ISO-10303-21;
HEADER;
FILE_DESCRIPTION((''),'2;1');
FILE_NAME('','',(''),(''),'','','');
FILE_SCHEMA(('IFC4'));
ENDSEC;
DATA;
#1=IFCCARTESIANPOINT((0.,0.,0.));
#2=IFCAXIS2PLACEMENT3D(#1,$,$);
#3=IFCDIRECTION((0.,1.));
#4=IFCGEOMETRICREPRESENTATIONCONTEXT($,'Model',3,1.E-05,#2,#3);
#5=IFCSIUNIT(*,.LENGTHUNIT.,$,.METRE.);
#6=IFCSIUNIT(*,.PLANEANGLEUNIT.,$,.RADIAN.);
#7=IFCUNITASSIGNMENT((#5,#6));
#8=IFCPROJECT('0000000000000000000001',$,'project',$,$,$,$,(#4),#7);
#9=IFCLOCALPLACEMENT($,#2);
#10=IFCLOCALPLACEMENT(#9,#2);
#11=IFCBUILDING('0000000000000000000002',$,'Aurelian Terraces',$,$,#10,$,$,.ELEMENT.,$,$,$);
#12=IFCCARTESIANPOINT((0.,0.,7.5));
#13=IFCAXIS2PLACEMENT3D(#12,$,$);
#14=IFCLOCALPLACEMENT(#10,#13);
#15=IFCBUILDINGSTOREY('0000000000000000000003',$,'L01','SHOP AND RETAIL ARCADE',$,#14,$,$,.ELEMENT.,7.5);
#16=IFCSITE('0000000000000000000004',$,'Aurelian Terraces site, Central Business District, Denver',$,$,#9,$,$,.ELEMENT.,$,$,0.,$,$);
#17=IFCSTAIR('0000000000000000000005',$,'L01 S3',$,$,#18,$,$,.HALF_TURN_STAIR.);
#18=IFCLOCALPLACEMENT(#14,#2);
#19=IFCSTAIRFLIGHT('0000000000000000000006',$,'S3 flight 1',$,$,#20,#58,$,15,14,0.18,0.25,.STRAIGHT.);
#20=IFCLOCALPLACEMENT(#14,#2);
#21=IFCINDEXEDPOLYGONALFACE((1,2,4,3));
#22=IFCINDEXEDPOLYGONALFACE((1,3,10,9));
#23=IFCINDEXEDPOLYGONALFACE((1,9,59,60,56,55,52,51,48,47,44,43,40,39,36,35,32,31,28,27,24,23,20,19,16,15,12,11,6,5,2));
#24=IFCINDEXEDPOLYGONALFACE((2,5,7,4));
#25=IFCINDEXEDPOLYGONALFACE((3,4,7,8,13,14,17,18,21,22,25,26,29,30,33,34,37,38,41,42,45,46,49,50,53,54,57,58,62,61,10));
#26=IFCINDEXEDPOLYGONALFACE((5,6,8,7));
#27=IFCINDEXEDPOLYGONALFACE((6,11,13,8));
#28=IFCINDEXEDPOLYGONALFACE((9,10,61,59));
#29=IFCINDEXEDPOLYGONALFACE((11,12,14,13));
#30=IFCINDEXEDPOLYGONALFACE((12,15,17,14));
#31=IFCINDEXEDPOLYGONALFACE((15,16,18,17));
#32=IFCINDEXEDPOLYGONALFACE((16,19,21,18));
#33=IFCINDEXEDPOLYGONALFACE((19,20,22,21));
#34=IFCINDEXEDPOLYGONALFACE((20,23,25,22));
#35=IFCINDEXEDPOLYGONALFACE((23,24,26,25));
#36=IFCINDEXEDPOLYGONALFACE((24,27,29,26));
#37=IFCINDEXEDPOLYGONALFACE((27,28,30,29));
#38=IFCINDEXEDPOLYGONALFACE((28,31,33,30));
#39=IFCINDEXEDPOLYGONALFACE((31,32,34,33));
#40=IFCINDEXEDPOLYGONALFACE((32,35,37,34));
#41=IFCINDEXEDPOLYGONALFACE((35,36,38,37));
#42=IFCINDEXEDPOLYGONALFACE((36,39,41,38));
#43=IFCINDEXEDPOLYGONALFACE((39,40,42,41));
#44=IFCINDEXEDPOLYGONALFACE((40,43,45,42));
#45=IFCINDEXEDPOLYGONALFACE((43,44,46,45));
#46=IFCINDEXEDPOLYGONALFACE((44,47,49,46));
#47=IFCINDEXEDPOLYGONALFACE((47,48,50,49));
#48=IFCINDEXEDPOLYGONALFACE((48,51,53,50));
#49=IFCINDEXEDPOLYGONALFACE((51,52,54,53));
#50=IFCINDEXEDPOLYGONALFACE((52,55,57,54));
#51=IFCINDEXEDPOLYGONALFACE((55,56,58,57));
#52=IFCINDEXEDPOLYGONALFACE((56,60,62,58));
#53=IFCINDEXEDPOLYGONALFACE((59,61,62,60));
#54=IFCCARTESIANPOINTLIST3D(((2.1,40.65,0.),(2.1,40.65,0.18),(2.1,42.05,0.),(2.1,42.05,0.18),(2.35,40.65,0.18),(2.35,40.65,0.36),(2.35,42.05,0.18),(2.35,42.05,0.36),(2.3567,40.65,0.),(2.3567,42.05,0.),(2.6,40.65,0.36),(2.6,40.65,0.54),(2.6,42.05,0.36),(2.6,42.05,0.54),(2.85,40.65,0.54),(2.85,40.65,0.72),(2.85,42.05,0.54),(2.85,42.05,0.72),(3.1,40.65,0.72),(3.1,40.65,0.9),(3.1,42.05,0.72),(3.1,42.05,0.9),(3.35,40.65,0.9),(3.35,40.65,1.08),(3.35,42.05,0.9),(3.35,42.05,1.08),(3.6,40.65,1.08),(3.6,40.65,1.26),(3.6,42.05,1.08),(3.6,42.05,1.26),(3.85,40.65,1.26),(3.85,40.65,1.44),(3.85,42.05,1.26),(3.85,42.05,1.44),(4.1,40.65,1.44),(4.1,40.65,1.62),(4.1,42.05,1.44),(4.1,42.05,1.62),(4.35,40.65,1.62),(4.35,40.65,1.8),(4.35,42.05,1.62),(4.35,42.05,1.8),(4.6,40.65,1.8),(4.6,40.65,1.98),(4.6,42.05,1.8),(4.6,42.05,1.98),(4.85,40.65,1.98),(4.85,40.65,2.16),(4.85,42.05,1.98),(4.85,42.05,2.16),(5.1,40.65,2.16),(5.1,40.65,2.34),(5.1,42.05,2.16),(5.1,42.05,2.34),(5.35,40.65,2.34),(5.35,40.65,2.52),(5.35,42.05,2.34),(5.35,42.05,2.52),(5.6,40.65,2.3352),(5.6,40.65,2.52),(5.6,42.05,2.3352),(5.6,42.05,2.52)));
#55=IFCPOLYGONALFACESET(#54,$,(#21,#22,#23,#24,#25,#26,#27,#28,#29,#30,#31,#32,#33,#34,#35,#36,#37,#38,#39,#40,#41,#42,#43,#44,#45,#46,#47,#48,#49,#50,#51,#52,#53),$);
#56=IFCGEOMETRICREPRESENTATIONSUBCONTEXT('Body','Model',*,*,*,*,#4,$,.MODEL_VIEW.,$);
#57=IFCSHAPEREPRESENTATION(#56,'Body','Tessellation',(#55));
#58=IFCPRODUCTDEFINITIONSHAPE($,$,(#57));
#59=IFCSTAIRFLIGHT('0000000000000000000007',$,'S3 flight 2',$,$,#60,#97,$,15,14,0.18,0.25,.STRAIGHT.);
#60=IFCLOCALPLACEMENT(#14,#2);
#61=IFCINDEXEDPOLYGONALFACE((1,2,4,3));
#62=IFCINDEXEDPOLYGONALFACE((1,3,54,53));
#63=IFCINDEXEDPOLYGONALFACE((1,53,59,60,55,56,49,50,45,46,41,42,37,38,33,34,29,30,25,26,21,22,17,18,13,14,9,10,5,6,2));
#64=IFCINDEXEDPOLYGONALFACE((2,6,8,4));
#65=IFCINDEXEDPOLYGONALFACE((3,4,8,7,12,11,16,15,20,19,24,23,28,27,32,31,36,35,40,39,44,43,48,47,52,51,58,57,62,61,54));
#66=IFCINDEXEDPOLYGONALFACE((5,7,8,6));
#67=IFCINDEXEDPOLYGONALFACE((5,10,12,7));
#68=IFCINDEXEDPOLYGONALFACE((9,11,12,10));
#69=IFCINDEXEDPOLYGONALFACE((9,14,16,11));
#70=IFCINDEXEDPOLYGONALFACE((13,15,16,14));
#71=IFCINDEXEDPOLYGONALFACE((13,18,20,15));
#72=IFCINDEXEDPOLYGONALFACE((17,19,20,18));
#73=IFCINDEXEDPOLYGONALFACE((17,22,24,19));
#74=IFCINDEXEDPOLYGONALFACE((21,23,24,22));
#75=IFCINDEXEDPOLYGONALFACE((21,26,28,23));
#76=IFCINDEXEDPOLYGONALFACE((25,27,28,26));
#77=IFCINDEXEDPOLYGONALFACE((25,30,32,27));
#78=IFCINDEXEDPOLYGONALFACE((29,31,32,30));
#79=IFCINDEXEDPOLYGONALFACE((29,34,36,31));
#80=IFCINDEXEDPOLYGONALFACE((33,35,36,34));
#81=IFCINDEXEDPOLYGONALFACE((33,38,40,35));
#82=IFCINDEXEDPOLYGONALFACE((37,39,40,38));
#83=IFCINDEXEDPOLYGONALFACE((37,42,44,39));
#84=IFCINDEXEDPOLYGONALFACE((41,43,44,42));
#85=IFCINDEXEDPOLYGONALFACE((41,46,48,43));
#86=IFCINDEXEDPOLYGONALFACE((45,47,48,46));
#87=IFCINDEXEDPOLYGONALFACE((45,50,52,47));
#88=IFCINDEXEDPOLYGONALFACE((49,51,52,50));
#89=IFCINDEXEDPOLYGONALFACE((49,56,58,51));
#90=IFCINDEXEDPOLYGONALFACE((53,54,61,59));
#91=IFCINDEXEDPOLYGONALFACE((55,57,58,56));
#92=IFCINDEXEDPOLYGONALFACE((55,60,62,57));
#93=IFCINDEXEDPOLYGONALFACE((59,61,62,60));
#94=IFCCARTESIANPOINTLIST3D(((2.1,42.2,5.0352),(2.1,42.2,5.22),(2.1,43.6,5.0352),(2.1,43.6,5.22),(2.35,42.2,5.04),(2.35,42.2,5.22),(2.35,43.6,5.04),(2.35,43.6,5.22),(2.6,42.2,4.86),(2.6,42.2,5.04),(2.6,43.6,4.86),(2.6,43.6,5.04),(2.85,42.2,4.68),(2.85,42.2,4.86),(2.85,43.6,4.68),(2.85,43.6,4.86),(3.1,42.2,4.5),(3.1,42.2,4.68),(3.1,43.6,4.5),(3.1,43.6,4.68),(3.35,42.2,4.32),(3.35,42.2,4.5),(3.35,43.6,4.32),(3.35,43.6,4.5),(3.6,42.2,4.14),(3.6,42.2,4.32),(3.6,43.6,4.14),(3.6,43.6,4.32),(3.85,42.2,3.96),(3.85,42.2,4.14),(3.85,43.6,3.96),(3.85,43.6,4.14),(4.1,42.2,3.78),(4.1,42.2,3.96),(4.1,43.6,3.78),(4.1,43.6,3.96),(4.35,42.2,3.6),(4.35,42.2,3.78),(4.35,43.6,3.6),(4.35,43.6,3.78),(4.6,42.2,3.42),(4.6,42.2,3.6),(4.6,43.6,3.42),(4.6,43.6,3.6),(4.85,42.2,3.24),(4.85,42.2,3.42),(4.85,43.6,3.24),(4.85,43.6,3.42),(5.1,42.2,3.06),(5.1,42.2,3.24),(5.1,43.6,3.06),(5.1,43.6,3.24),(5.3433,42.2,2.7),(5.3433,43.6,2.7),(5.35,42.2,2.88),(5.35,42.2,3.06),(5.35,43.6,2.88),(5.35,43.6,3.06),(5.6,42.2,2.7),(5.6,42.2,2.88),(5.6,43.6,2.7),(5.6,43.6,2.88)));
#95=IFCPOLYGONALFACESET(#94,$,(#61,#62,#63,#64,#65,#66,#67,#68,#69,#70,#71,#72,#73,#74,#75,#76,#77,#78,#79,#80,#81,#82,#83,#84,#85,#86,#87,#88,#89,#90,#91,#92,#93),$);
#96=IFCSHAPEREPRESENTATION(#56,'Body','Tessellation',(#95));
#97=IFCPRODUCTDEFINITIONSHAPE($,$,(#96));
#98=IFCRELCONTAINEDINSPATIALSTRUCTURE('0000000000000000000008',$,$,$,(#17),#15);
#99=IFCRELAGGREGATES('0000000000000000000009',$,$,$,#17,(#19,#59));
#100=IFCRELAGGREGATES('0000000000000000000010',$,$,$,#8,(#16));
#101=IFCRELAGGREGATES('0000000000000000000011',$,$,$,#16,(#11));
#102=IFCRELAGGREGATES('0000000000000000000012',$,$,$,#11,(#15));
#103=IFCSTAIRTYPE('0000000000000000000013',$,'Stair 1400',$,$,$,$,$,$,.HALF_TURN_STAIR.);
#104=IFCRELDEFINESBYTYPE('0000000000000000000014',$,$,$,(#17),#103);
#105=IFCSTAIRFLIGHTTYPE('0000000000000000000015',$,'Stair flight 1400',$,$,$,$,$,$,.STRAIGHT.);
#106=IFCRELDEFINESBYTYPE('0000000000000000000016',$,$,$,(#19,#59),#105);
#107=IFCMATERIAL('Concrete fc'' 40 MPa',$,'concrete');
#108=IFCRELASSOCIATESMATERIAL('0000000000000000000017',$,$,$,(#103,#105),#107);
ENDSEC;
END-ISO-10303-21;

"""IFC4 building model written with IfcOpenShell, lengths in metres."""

from ifc_helpers import new_model, si_unit, direction, frame, origin, place, context, subcontext, project, spatial, polyline, outline, extrude, source, transform, mapped, material, type_object, element, aggregate, save


model = new_model("IFC4")

# Units and contexts
model_context = context("Model", 3, precision=1e-05, world=origin(), true_north=direction((0.0, 1.0)))
body_context = subcontext(model_context, "Body", "Model", "MODEL_VIEW")
ifc_project = project(units=[si_unit("LENGTHUNIT", "METRE"), si_unit("PLANEANGLEUNIT", "RADIAN")], contexts=[model_context])

# Site, building, storey
site_placement = place(None, origin())
site = spatial("IfcSite", under=ifc_project, at=site_placement, Name="Aurelian Terraces site, Central Business District, Denver", CompositionType="ELEMENT", RefElevation=0.0)
building_placement = place(site_placement, origin())
building = spatial("IfcBuilding", under=site, at=building_placement, Name="Aurelian Terraces", CompositionType="ELEMENT")
storey_placement = place(building_placement, frame((0.0, 0.0, 7.5)))
storey = spatial("IfcBuildingStorey", under=building, at=storey_placement, Name="L01", Description="SHOP AND RETAIL ARCADE", CompositionType="ELEMENT", Elevation=7.5)

# Shared definitions
ifc_material_1 = material(Name="Concrete fc' 40 MPa", Category="concrete")

# Stair, stair flights
stair_type = type_object("IfcStairType", Name="Stair 1400", PredefinedType="HALF_TURN_STAIR", material=ifc_material_1)
stair_placement = place(storey_placement, origin())
stair = element("IfcStair", 1, at=stair_placement, inside=storey, type_object=stair_type, Name="L01 S3", PredefinedType="HALF_TURN_STAIR")
stair_flight_type = type_object("IfcStairFlightType", Name="Stair flight 1400", PredefinedType="STRAIGHT", material=ifc_material_1)
shared_shape_1 = source(origin(), body_context, "Body", "SweptSolid", [
    extrude(outline(polyline([(0.0, 0.0), (0.0, 0.18), (0.25, 0.18), (0.25, 0.36), (0.5, 0.36), (0.5, 0.54), (0.75, 0.54), (0.75, 0.72), (1.0, 0.72), (1.0, 0.9), (1.25, 0.9), (1.25, 1.08), (1.5, 1.08), (1.5, 1.26), (1.75, 1.26), (1.75, 1.44), (2.0, 1.44), (2.0, 1.62), (2.25, 1.62), (2.25, 1.8), (2.5, 1.8), (2.5, 1.98), (2.75, 1.98), (2.75, 2.16), (3.0, 2.16), (3.0, 2.34), (3.25, 2.34), (3.25, 2.52), (3.5, 2.52), (3.5, 2.7), (3.5, 2.3352), (0.2567, 0.0), (0.0, 0.0)])), frame((0.0, 0.7, 0.0), z_axis=(0.0, -1.0, 0.0), x_axis=(1.0, 0.0, 0.0)), (0.0, 0.0, 1.0), 1.4),
])
stair_flight_1_placement = place(storey_placement, frame((2.1, 41.35, 0.0), z_axis=(0.0, 0.0, 1.0), x_axis=(1.0, 0.0, 0.0)))
stair_flight_1 = element("IfcStairFlight", 2, at=stair_flight_1_placement, type_object=stair_flight_type, Name="S3 flight 1", NumberOfRisers=15, NumberOfTreads=14, PredefinedType="STRAIGHT", RiserHeight=0.18, TreadLength=0.25, context=body_context, shape_type="MappedRepresentation", body=[
    mapped(shared_shape_1, transform((0.0, 0.0, 0.0), scale=1.0)),
])
stair_flight_2_placement = place(storey_placement, frame((5.6, 42.9, 2.7), z_axis=(0.0, 0.0, 1.0), x_axis=(-1.0, 0.0, 0.0)))
stair_flight_2 = element("IfcStairFlight", 3, at=stair_flight_2_placement, type_object=stair_flight_type, Name="S3 flight 2", NumberOfRisers=15, NumberOfTreads=14, PredefinedType="STRAIGHT", RiserHeight=0.18, TreadLength=0.25, context=body_context, shape_type="MappedRepresentation", body=[
    mapped(shared_shape_1, transform((0.0, 0.0, 0.0), scale=1.0)),
])
aggregate(stair, [stair_flight_1, stair_flight_2])

save(model, "model.ifc")
